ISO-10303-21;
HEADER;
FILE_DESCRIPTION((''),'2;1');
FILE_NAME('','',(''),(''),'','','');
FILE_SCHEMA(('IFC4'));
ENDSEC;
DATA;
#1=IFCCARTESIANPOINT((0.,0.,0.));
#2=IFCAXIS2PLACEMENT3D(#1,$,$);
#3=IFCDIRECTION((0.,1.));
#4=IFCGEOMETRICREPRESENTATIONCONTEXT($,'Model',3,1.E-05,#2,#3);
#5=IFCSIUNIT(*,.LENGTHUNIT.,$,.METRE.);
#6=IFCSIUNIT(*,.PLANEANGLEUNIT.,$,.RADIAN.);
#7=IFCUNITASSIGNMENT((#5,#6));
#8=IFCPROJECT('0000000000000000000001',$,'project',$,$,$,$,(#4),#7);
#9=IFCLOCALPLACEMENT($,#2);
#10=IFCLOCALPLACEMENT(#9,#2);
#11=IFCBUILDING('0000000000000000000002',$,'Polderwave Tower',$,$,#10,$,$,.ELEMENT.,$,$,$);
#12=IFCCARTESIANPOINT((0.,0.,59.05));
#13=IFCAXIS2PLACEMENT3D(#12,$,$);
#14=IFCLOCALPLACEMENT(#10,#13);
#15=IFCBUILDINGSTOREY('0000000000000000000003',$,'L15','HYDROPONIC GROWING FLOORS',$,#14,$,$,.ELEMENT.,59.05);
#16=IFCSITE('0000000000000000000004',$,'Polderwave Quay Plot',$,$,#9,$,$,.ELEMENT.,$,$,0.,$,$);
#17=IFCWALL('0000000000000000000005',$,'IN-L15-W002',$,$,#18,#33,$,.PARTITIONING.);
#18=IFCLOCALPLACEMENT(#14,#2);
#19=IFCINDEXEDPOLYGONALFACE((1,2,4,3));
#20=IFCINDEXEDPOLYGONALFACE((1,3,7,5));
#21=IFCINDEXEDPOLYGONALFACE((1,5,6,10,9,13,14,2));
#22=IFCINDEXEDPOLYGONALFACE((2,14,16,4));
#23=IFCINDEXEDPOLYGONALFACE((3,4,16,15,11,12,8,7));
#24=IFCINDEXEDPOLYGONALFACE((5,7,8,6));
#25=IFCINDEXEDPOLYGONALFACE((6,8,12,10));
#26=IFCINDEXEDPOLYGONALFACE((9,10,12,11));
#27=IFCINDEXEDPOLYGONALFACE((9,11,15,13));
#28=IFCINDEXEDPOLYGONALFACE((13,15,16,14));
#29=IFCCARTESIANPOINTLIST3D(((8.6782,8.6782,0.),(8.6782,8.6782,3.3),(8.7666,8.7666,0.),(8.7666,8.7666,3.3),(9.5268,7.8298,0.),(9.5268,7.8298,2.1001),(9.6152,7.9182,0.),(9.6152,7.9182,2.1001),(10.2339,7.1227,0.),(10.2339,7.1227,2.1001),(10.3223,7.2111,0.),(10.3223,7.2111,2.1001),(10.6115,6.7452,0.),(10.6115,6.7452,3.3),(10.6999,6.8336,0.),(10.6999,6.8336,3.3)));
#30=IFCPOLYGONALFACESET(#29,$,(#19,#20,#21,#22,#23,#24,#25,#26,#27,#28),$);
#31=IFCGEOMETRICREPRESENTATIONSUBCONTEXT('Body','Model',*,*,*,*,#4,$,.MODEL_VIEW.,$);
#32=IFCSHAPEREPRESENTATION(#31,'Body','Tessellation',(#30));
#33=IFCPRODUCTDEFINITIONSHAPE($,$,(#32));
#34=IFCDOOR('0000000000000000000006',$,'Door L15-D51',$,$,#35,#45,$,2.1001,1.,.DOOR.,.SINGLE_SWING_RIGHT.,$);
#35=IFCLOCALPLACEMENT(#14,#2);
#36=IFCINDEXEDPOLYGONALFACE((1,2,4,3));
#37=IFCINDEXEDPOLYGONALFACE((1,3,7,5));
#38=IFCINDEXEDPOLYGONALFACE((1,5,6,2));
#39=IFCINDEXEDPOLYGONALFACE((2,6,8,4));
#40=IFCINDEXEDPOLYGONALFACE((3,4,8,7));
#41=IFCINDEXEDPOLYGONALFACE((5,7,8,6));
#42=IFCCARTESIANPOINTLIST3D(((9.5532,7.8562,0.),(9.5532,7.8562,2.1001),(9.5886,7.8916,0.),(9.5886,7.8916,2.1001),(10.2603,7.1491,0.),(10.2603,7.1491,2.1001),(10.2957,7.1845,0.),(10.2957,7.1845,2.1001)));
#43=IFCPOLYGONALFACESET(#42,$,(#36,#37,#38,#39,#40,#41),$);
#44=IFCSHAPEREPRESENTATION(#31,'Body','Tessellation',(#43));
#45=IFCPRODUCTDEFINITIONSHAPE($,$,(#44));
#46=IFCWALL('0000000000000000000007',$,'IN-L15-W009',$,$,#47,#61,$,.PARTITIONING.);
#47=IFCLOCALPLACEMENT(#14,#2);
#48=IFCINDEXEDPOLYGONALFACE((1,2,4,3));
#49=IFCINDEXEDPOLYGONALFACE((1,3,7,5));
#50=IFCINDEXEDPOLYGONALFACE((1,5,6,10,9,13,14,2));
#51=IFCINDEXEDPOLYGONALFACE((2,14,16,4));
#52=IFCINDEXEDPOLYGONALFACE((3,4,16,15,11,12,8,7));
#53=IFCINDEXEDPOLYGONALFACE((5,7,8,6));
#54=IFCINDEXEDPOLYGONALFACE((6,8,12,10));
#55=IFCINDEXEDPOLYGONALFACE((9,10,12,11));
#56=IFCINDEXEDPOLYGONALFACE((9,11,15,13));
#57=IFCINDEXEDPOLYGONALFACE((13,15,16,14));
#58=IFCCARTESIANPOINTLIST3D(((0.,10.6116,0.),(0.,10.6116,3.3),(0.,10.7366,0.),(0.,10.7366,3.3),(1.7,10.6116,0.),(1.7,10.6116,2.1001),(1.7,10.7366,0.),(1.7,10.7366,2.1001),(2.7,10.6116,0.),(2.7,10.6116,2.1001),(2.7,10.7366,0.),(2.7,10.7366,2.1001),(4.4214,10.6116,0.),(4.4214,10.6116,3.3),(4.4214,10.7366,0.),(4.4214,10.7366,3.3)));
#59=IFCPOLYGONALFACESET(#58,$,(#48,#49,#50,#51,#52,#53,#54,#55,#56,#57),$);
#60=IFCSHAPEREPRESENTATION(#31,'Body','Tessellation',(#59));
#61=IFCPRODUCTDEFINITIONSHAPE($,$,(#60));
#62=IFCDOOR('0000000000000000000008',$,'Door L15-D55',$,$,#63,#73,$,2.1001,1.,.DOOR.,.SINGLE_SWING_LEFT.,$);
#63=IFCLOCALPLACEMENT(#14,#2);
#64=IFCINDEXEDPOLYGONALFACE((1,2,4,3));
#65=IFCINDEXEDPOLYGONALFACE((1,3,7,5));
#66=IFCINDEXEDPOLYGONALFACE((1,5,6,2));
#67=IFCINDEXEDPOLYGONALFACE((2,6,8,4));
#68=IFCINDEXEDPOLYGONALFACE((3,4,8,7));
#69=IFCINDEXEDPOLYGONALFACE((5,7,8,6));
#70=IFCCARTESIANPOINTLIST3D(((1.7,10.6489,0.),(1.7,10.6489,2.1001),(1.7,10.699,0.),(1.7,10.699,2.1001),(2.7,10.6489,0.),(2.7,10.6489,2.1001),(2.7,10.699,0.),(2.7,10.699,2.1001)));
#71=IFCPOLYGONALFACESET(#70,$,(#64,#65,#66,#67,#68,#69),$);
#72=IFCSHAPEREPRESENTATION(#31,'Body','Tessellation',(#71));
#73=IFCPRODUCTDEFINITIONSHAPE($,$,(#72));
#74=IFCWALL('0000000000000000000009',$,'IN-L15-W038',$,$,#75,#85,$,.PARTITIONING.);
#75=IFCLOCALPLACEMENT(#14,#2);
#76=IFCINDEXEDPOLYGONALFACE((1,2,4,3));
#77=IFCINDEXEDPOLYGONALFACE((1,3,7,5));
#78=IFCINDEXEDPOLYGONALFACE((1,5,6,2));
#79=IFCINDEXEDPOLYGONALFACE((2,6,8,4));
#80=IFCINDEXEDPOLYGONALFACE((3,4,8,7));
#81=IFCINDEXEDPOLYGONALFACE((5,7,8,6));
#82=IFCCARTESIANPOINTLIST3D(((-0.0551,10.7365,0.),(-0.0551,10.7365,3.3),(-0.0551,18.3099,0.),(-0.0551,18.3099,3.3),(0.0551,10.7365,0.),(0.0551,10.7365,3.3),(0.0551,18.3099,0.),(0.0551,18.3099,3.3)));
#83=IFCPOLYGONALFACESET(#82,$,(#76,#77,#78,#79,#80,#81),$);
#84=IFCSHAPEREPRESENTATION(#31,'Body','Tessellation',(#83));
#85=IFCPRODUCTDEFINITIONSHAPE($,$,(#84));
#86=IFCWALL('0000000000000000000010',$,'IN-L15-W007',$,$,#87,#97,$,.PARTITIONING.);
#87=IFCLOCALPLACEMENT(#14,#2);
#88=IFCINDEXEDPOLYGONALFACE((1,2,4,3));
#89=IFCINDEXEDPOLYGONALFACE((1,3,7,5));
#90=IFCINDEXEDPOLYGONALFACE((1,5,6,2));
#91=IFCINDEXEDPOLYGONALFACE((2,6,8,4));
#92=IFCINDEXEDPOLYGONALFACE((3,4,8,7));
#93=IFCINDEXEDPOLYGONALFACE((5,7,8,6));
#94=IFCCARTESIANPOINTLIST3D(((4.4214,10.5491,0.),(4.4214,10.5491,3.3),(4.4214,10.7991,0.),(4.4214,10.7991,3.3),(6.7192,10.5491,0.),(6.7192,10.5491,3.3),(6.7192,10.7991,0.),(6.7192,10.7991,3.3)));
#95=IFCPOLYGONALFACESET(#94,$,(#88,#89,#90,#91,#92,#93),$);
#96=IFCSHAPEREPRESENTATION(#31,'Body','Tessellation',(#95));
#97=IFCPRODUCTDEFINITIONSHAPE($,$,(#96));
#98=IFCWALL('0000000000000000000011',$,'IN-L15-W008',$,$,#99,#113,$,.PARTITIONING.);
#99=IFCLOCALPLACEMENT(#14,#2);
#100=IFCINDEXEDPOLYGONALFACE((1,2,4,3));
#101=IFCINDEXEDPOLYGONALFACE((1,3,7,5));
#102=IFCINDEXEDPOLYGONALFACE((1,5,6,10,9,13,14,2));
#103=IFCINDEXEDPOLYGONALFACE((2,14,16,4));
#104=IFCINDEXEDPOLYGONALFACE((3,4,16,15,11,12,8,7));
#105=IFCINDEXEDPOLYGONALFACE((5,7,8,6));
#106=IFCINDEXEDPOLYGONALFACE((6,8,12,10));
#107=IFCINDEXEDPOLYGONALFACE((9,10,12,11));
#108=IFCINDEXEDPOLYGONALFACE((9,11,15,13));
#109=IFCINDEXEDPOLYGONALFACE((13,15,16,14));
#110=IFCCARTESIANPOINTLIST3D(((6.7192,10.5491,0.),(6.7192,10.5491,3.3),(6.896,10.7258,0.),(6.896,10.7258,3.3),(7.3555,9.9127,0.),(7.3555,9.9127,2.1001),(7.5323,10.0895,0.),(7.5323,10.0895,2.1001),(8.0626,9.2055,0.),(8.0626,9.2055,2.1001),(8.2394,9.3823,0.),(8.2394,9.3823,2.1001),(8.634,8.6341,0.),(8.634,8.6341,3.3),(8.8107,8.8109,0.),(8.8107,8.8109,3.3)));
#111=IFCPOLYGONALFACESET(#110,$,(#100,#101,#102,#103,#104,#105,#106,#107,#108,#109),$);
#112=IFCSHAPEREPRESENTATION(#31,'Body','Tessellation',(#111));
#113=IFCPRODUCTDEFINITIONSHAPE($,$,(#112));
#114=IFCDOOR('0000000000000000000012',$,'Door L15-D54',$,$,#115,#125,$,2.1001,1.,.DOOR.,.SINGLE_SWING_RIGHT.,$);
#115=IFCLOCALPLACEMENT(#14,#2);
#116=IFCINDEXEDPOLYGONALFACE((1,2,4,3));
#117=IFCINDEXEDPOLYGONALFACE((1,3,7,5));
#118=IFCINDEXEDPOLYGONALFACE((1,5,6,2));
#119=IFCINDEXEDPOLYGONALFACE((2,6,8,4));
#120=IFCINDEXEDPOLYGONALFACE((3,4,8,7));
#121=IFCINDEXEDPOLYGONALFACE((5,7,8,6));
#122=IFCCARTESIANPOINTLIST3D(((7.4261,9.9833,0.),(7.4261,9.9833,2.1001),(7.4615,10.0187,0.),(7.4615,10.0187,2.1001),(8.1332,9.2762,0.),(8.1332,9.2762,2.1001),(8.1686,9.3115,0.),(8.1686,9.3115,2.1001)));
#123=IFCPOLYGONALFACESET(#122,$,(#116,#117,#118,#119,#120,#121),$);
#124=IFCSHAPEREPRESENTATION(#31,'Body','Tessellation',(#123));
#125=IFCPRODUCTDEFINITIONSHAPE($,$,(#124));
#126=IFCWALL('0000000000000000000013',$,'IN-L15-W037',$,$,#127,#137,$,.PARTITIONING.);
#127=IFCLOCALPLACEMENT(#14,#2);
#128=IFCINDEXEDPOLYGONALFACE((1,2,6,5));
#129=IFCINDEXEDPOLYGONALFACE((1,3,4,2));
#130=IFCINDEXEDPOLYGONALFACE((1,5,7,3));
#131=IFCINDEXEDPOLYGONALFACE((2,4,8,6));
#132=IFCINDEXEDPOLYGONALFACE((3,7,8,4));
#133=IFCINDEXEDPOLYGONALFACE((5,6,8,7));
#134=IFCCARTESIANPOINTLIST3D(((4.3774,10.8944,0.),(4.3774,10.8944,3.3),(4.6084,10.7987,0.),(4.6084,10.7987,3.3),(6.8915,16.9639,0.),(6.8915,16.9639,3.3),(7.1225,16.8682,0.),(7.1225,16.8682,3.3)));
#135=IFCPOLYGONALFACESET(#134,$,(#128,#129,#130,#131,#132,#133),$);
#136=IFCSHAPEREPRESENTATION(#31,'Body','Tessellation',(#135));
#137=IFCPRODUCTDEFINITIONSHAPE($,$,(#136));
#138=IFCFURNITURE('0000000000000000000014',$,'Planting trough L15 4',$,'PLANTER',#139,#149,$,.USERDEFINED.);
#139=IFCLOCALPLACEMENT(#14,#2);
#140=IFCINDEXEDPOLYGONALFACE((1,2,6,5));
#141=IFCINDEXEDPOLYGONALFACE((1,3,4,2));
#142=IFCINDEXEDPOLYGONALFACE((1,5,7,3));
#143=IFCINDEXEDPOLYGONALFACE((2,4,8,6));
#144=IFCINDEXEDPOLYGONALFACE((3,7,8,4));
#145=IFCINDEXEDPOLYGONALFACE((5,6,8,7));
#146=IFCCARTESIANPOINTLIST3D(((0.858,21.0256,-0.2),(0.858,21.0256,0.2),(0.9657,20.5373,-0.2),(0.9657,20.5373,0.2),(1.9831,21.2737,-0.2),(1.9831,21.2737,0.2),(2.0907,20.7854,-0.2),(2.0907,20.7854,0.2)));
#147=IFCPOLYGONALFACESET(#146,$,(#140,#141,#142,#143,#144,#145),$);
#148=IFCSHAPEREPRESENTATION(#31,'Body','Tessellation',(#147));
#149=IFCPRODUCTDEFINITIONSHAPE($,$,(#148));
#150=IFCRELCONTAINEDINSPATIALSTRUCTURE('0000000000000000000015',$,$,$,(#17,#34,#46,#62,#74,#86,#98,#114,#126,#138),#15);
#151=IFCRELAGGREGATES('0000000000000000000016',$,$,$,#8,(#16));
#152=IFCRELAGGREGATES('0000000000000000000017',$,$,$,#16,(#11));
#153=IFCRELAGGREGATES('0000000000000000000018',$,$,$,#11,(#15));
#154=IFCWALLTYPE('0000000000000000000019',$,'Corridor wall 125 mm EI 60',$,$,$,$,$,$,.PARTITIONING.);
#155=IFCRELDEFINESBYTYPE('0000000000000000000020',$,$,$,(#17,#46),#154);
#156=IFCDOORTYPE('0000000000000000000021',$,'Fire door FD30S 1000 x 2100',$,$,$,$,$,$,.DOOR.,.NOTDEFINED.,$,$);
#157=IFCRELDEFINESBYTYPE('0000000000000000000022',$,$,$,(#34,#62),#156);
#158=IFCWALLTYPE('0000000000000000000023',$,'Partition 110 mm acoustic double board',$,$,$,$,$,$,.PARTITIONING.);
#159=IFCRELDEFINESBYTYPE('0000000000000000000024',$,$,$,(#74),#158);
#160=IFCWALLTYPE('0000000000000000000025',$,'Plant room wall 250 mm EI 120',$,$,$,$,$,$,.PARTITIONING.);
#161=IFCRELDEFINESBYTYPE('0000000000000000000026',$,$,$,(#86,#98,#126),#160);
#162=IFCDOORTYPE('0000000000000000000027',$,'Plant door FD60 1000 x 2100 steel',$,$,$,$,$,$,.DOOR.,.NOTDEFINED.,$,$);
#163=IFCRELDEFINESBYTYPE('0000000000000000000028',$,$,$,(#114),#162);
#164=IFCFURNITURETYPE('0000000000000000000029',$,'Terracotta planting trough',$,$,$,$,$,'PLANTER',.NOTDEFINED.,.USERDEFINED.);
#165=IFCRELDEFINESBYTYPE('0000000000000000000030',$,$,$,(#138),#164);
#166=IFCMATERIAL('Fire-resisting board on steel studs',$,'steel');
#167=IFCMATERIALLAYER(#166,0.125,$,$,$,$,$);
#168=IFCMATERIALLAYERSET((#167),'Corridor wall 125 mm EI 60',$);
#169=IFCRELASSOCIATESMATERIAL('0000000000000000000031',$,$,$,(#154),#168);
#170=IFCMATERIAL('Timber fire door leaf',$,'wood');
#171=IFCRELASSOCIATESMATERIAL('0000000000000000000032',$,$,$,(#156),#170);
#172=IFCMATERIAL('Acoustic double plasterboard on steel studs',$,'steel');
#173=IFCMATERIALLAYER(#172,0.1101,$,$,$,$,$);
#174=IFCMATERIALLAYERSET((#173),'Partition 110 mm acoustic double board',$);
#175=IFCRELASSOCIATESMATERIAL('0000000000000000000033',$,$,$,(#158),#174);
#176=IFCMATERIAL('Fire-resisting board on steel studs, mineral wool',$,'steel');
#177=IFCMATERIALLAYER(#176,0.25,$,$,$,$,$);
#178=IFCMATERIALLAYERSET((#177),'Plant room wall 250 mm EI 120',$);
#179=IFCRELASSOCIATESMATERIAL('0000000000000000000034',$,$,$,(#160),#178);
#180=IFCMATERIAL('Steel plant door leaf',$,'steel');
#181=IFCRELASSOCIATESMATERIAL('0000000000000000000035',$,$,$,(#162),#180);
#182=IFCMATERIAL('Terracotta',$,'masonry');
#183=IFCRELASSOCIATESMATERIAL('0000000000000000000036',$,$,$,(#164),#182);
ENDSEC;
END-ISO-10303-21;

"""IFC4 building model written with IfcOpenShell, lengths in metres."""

from ifc_helpers import new_model, si_unit, direction, frame, frame_2d, origin, origin_2d, place, context, subcontext, project, spatial, rectangle, extrude, material, layer, layer_set, type_object, element, fill, save


model = new_model("IFC4")

# Units and contexts
model_context = context("Model", 3, precision=1e-05, world=origin(), true_north=direction((0.0, 1.0)))
body_context = subcontext(model_context, "Body", "Model", "MODEL_VIEW")
ifc_project = project(units=[si_unit("LENGTHUNIT", "METRE"), si_unit("PLANEANGLEUNIT", "RADIAN")], contexts=[model_context])

# Site, building, storey
site_placement = place(None, origin())
site = spatial("IfcSite", under=ifc_project, at=site_placement, Name="Polderwave Quay Plot", CompositionType="ELEMENT", RefElevation=0.0)
building_placement = place(site_placement, origin())
building = spatial("IfcBuilding", under=site, at=building_placement, Name="Polderwave Tower", CompositionType="ELEMENT")
storey_placement = place(building_placement, frame((0.0, 0.0, 59.05)))
storey = spatial("IfcBuildingStorey", under=building, at=storey_placement, Name="L15", Description="HYDROPONIC GROWING FLOORS", CompositionType="ELEMENT", Elevation=59.05)

# Walls, openings, doors
ifc_material_1 = material(Name="Fire-resisting board on steel studs", Category="steel")
ifc_layer_1 = layer(ifc_material_1, 0.125)
ifc_layer_set_1 = layer_set([ifc_layer_1], Name="Corridor wall 125 mm EI 60")
wall_type_1 = type_object("IfcWallType", Name="Corridor wall 125 mm EI 60", PredefinedType="PARTITIONING", material=ifc_layer_set_1)
wall_1_placement = place(storey_placement, frame((8.7224, 8.7224, 0.0), z_axis=(0.0, 0.0, 1.0), x_axis=(0.707151, -0.707062, 0.0)))
wall_1 = element("IfcWall", 1, at=wall_1_placement, inside=storey, type_object=wall_type_1, Name="IN-L15-W002", PredefinedType="PARTITIONING", context=body_context, shape_type="SweptSolid", body=[
    extrude(rectangle(XDim=2.7339, YDim=0.125, at=frame_2d((1.3669, 0.0))), origin(), (0.0, 0.0, 1.0), 3.3),
])
opening_1_placement = place(wall_1_placement, frame((1.2, 0.0, 0.0)))
opening_1 = element("IfcOpeningElement", 2, at=opening_1_placement, cuts=wall_1, PredefinedType="OPENING", context=body_context, shape_type="SweptSolid", body=[
    extrude(rectangle(XDim=1.0, YDim=2.1001, at=frame_2d((0.5, 1.05))), frame((0.0, 0.0725, 0.0), z_axis=(0.0, -1.0, 0.0), x_axis=(1.0, 0.0, 0.0)), (0.0, 0.0, 1.0), 0.145),
])
ifc_material_2 = material(Name="Timber fire door leaf", Category="wood")
door_type_1 = type_object("IfcDoorType", Name="Fire door FD30S 1000 x 2100", OperationType="NOTDEFINED", PredefinedType="DOOR", material=ifc_material_2)
door_1_placement = place(opening_1_placement, origin())
door_1 = element("IfcDoor", 3, at=door_1_placement, inside=storey, type_object=door_type_1, Name="Door L15-D51", OperationType="SINGLE_SWING_RIGHT", OverallHeight=2.1001, OverallWidth=1.0, PredefinedType="DOOR", context=body_context, shape_type="SweptSolid", body=[
    extrude(rectangle(XDim=1.0, YDim=2.1001, at=frame_2d((0.5, 1.05))), frame((0.0, 0.0249, 0.0), z_axis=(0.0, -1.0, 0.0), x_axis=(1.0, 0.0, 0.0)), (0.0, 0.0, 1.0), 0.05),
])
fill(opening_1, door_1)
wall_2_placement = place(storey_placement, frame((0.0, 10.6741, 0.0), z_axis=(0.0, 0.0, 1.0), x_axis=(1.0, 0.0, 0.0)))
wall_2 = element("IfcWall", 4, at=wall_2_placement, inside=storey, type_object=wall_type_1, Name="IN-L15-W009", PredefinedType="PARTITIONING", context=body_context, shape_type="SweptSolid", body=[
    extrude(rectangle(XDim=4.4214, YDim=0.125, at=frame_2d((2.2107, 0.0))), origin(), (0.0, 0.0, 1.0), 3.3),
])
opening_2_placement = place(wall_2_placement, frame((1.7, 0.0, 0.0)))
opening_2 = element("IfcOpeningElement", 5, at=opening_2_placement, cuts=wall_2, PredefinedType="OPENING", context=body_context, shape_type="SweptSolid", body=[
    extrude(rectangle(XDim=1.0, YDim=2.1001, at=frame_2d((0.5, 1.05))), frame((0.0, 0.0725, 0.0), z_axis=(0.0, -1.0, 0.0), x_axis=(1.0, 0.0, 0.0)), (0.0, 0.0, 1.0), 0.145),
])
door_2_placement = place(opening_2_placement, origin())
door_2 = element("IfcDoor", 6, at=door_2_placement, inside=storey, type_object=door_type_1, Name="Door L15-D55", OperationType="SINGLE_SWING_LEFT", OverallHeight=2.1001, OverallWidth=1.0, PredefinedType="DOOR", context=body_context, shape_type="SweptSolid", body=[
    extrude(rectangle(XDim=1.0, YDim=2.1001, at=frame_2d((0.5, 1.05))), frame((0.0, 0.0249, 0.0), z_axis=(0.0, -1.0, 0.0), x_axis=(1.0, 0.0, 0.0)), (0.0, 0.0, 1.0), 0.05),
])
fill(opening_2, door_2)

# Walls
ifc_material_3 = material(Name="Acoustic double plasterboard on steel studs", Category="steel")
ifc_layer_2 = layer(ifc_material_3, 0.1101)
ifc_layer_set_2 = layer_set([ifc_layer_2], Name="Partition 110 mm acoustic double board")
wall_type_2 = type_object("IfcWallType", Name="Partition 110 mm acoustic double board", PredefinedType="PARTITIONING", material=ifc_layer_set_2)
wall_3_placement = place(storey_placement, frame((0.0, 10.7366, 0.0), z_axis=(0.0, 0.0, 1.0), x_axis=(0.0, 1.0, 0.0)))
element("IfcWall", 7, at=wall_3_placement, inside=storey, type_object=wall_type_2, Name="IN-L15-W038", PredefinedType="PARTITIONING", context=body_context, shape_type="SweptSolid", body=[
    extrude(rectangle(XDim=7.5735, YDim=0.1101, at=frame_2d((3.7866, 0.0))), origin(), (0.0, 0.0, 1.0), 3.3),
])
ifc_material_4 = material(Name="Fire-resisting board on steel studs, mineral wool", Category="steel")
ifc_layer_3 = layer(ifc_material_4, 0.25)
ifc_layer_set_3 = layer_set([ifc_layer_3], Name="Plant room wall 250 mm EI 120")
wall_type_3 = type_object("IfcWallType", Name="Plant room wall 250 mm EI 120", PredefinedType="PARTITIONING", material=ifc_layer_set_3)
wall_4_placement = place(storey_placement, frame((4.4214, 10.6741, 0.0), z_axis=(0.0, 0.0, 1.0), x_axis=(1.0, 0.0, 0.0)))
element("IfcWall", 8, at=wall_4_placement, inside=storey, type_object=wall_type_3, Name="IN-L15-W007", PredefinedType="PARTITIONING", context=body_context, shape_type="SweptSolid", body=[
    extrude(rectangle(XDim=2.2979, YDim=0.25, at=frame_2d((1.1489, 0.0))), origin(), (0.0, 0.0, 1.0), 3.3),
])

# Wall, opening, door
wall_5_placement = place(storey_placement, frame((6.8076, 10.6375, 0.0), z_axis=(0.0, 0.0, 1.0), x_axis=(0.707062, -0.707152, 0.0)))
wall_5 = element("IfcWall", 9, at=wall_5_placement, inside=storey, type_object=wall_type_3, Name="IN-L15-W008", PredefinedType="PARTITIONING", context=body_context, shape_type="SweptSolid", body=[
    extrude(rectangle(XDim=2.708, YDim=0.25, at=frame_2d((1.354, 0.0))), origin(), (0.0, 0.0, 1.0), 3.3),
])
opening_3_placement = place(wall_5_placement, frame((0.8999, 0.0, 0.0)))
opening_3 = element("IfcOpeningElement", 10, at=opening_3_placement, cuts=wall_5, PredefinedType="OPENING", context=body_context, shape_type="SweptSolid", body=[
    extrude(rectangle(XDim=1.0, YDim=2.1001, at=frame_2d((0.5, 1.05))), frame((0.0, 0.135, 0.0), z_axis=(0.0, -1.0, 0.0), x_axis=(1.0, 0.0, 0.0)), (0.0, 0.0, 1.0), 0.27),
])
ifc_material_5 = material(Name="Steel plant door leaf", Category="steel")
door_type_2 = type_object("IfcDoorType", Name="Plant door FD60 1000 x 2100 steel", OperationType="NOTDEFINED", PredefinedType="DOOR", material=ifc_material_5)
door_3_placement = place(opening_3_placement, origin())
door_3 = element("IfcDoor", 11, at=door_3_placement, inside=storey, type_object=door_type_2, Name="Door L15-D54", OperationType="SINGLE_SWING_RIGHT", OverallHeight=2.1001, OverallWidth=1.0, PredefinedType="DOOR", context=body_context, shape_type="SweptSolid", body=[
    extrude(rectangle(XDim=1.0, YDim=2.1001, at=frame_2d((0.5, 1.05))), frame((0.0, 0.0249, 0.0), z_axis=(0.0, -1.0, 0.0), x_axis=(1.0, 0.0, 0.0)), (0.0, 0.0, 1.0), 0.05),
])
fill(opening_3, door_3)

# Wall
wall_6_placement = place(storey_placement, frame((4.4929, 10.8467, 0.0), z_axis=(0.0, 0.0, 1.0), x_axis=(0.382691, 0.923876, 0.0)))
element("IfcWall", 12, at=wall_6_placement, inside=storey, type_object=wall_type_3, Name="IN-L15-W037", PredefinedType="PARTITIONING", context=body_context, shape_type="SweptSolid", body=[
    extrude(rectangle(XDim=6.5696, YDim=0.25, at=frame_2d((3.2847, 0.0))), origin(), (0.0, 0.0, 1.0), 3.3),
])

# Furniture
ifc_material_6 = material(Name="Terracotta", Category="masonry")
furniture_type = type_object("IfcFurnitureType", Name="Terracotta planting trough", ElementType="PLANTER", AssemblyPlace="NOTDEFINED", PredefinedType="USERDEFINED", material=ifc_material_6)
furniture_placement = place(storey_placement, frame((1.4744, 20.9055, -0.2), z_axis=(0.0, 0.0, 1.0), x_axis=(-0.976543, -0.215322, 0.0)))
element("IfcFurniture", 13, at=furniture_placement, inside=storey, type_object=furniture_type, Name="Planting trough L15 4", ObjectType="PLANTER", PredefinedType="USERDEFINED", context=body_context, shape_type="SweptSolid", body=[
    extrude(rectangle(XDim=1.1521, YDim=0.5, at=origin_2d()), origin(), (0.0, 0.0, 1.0), 0.3999),
])

save(model, "model.ifc")
